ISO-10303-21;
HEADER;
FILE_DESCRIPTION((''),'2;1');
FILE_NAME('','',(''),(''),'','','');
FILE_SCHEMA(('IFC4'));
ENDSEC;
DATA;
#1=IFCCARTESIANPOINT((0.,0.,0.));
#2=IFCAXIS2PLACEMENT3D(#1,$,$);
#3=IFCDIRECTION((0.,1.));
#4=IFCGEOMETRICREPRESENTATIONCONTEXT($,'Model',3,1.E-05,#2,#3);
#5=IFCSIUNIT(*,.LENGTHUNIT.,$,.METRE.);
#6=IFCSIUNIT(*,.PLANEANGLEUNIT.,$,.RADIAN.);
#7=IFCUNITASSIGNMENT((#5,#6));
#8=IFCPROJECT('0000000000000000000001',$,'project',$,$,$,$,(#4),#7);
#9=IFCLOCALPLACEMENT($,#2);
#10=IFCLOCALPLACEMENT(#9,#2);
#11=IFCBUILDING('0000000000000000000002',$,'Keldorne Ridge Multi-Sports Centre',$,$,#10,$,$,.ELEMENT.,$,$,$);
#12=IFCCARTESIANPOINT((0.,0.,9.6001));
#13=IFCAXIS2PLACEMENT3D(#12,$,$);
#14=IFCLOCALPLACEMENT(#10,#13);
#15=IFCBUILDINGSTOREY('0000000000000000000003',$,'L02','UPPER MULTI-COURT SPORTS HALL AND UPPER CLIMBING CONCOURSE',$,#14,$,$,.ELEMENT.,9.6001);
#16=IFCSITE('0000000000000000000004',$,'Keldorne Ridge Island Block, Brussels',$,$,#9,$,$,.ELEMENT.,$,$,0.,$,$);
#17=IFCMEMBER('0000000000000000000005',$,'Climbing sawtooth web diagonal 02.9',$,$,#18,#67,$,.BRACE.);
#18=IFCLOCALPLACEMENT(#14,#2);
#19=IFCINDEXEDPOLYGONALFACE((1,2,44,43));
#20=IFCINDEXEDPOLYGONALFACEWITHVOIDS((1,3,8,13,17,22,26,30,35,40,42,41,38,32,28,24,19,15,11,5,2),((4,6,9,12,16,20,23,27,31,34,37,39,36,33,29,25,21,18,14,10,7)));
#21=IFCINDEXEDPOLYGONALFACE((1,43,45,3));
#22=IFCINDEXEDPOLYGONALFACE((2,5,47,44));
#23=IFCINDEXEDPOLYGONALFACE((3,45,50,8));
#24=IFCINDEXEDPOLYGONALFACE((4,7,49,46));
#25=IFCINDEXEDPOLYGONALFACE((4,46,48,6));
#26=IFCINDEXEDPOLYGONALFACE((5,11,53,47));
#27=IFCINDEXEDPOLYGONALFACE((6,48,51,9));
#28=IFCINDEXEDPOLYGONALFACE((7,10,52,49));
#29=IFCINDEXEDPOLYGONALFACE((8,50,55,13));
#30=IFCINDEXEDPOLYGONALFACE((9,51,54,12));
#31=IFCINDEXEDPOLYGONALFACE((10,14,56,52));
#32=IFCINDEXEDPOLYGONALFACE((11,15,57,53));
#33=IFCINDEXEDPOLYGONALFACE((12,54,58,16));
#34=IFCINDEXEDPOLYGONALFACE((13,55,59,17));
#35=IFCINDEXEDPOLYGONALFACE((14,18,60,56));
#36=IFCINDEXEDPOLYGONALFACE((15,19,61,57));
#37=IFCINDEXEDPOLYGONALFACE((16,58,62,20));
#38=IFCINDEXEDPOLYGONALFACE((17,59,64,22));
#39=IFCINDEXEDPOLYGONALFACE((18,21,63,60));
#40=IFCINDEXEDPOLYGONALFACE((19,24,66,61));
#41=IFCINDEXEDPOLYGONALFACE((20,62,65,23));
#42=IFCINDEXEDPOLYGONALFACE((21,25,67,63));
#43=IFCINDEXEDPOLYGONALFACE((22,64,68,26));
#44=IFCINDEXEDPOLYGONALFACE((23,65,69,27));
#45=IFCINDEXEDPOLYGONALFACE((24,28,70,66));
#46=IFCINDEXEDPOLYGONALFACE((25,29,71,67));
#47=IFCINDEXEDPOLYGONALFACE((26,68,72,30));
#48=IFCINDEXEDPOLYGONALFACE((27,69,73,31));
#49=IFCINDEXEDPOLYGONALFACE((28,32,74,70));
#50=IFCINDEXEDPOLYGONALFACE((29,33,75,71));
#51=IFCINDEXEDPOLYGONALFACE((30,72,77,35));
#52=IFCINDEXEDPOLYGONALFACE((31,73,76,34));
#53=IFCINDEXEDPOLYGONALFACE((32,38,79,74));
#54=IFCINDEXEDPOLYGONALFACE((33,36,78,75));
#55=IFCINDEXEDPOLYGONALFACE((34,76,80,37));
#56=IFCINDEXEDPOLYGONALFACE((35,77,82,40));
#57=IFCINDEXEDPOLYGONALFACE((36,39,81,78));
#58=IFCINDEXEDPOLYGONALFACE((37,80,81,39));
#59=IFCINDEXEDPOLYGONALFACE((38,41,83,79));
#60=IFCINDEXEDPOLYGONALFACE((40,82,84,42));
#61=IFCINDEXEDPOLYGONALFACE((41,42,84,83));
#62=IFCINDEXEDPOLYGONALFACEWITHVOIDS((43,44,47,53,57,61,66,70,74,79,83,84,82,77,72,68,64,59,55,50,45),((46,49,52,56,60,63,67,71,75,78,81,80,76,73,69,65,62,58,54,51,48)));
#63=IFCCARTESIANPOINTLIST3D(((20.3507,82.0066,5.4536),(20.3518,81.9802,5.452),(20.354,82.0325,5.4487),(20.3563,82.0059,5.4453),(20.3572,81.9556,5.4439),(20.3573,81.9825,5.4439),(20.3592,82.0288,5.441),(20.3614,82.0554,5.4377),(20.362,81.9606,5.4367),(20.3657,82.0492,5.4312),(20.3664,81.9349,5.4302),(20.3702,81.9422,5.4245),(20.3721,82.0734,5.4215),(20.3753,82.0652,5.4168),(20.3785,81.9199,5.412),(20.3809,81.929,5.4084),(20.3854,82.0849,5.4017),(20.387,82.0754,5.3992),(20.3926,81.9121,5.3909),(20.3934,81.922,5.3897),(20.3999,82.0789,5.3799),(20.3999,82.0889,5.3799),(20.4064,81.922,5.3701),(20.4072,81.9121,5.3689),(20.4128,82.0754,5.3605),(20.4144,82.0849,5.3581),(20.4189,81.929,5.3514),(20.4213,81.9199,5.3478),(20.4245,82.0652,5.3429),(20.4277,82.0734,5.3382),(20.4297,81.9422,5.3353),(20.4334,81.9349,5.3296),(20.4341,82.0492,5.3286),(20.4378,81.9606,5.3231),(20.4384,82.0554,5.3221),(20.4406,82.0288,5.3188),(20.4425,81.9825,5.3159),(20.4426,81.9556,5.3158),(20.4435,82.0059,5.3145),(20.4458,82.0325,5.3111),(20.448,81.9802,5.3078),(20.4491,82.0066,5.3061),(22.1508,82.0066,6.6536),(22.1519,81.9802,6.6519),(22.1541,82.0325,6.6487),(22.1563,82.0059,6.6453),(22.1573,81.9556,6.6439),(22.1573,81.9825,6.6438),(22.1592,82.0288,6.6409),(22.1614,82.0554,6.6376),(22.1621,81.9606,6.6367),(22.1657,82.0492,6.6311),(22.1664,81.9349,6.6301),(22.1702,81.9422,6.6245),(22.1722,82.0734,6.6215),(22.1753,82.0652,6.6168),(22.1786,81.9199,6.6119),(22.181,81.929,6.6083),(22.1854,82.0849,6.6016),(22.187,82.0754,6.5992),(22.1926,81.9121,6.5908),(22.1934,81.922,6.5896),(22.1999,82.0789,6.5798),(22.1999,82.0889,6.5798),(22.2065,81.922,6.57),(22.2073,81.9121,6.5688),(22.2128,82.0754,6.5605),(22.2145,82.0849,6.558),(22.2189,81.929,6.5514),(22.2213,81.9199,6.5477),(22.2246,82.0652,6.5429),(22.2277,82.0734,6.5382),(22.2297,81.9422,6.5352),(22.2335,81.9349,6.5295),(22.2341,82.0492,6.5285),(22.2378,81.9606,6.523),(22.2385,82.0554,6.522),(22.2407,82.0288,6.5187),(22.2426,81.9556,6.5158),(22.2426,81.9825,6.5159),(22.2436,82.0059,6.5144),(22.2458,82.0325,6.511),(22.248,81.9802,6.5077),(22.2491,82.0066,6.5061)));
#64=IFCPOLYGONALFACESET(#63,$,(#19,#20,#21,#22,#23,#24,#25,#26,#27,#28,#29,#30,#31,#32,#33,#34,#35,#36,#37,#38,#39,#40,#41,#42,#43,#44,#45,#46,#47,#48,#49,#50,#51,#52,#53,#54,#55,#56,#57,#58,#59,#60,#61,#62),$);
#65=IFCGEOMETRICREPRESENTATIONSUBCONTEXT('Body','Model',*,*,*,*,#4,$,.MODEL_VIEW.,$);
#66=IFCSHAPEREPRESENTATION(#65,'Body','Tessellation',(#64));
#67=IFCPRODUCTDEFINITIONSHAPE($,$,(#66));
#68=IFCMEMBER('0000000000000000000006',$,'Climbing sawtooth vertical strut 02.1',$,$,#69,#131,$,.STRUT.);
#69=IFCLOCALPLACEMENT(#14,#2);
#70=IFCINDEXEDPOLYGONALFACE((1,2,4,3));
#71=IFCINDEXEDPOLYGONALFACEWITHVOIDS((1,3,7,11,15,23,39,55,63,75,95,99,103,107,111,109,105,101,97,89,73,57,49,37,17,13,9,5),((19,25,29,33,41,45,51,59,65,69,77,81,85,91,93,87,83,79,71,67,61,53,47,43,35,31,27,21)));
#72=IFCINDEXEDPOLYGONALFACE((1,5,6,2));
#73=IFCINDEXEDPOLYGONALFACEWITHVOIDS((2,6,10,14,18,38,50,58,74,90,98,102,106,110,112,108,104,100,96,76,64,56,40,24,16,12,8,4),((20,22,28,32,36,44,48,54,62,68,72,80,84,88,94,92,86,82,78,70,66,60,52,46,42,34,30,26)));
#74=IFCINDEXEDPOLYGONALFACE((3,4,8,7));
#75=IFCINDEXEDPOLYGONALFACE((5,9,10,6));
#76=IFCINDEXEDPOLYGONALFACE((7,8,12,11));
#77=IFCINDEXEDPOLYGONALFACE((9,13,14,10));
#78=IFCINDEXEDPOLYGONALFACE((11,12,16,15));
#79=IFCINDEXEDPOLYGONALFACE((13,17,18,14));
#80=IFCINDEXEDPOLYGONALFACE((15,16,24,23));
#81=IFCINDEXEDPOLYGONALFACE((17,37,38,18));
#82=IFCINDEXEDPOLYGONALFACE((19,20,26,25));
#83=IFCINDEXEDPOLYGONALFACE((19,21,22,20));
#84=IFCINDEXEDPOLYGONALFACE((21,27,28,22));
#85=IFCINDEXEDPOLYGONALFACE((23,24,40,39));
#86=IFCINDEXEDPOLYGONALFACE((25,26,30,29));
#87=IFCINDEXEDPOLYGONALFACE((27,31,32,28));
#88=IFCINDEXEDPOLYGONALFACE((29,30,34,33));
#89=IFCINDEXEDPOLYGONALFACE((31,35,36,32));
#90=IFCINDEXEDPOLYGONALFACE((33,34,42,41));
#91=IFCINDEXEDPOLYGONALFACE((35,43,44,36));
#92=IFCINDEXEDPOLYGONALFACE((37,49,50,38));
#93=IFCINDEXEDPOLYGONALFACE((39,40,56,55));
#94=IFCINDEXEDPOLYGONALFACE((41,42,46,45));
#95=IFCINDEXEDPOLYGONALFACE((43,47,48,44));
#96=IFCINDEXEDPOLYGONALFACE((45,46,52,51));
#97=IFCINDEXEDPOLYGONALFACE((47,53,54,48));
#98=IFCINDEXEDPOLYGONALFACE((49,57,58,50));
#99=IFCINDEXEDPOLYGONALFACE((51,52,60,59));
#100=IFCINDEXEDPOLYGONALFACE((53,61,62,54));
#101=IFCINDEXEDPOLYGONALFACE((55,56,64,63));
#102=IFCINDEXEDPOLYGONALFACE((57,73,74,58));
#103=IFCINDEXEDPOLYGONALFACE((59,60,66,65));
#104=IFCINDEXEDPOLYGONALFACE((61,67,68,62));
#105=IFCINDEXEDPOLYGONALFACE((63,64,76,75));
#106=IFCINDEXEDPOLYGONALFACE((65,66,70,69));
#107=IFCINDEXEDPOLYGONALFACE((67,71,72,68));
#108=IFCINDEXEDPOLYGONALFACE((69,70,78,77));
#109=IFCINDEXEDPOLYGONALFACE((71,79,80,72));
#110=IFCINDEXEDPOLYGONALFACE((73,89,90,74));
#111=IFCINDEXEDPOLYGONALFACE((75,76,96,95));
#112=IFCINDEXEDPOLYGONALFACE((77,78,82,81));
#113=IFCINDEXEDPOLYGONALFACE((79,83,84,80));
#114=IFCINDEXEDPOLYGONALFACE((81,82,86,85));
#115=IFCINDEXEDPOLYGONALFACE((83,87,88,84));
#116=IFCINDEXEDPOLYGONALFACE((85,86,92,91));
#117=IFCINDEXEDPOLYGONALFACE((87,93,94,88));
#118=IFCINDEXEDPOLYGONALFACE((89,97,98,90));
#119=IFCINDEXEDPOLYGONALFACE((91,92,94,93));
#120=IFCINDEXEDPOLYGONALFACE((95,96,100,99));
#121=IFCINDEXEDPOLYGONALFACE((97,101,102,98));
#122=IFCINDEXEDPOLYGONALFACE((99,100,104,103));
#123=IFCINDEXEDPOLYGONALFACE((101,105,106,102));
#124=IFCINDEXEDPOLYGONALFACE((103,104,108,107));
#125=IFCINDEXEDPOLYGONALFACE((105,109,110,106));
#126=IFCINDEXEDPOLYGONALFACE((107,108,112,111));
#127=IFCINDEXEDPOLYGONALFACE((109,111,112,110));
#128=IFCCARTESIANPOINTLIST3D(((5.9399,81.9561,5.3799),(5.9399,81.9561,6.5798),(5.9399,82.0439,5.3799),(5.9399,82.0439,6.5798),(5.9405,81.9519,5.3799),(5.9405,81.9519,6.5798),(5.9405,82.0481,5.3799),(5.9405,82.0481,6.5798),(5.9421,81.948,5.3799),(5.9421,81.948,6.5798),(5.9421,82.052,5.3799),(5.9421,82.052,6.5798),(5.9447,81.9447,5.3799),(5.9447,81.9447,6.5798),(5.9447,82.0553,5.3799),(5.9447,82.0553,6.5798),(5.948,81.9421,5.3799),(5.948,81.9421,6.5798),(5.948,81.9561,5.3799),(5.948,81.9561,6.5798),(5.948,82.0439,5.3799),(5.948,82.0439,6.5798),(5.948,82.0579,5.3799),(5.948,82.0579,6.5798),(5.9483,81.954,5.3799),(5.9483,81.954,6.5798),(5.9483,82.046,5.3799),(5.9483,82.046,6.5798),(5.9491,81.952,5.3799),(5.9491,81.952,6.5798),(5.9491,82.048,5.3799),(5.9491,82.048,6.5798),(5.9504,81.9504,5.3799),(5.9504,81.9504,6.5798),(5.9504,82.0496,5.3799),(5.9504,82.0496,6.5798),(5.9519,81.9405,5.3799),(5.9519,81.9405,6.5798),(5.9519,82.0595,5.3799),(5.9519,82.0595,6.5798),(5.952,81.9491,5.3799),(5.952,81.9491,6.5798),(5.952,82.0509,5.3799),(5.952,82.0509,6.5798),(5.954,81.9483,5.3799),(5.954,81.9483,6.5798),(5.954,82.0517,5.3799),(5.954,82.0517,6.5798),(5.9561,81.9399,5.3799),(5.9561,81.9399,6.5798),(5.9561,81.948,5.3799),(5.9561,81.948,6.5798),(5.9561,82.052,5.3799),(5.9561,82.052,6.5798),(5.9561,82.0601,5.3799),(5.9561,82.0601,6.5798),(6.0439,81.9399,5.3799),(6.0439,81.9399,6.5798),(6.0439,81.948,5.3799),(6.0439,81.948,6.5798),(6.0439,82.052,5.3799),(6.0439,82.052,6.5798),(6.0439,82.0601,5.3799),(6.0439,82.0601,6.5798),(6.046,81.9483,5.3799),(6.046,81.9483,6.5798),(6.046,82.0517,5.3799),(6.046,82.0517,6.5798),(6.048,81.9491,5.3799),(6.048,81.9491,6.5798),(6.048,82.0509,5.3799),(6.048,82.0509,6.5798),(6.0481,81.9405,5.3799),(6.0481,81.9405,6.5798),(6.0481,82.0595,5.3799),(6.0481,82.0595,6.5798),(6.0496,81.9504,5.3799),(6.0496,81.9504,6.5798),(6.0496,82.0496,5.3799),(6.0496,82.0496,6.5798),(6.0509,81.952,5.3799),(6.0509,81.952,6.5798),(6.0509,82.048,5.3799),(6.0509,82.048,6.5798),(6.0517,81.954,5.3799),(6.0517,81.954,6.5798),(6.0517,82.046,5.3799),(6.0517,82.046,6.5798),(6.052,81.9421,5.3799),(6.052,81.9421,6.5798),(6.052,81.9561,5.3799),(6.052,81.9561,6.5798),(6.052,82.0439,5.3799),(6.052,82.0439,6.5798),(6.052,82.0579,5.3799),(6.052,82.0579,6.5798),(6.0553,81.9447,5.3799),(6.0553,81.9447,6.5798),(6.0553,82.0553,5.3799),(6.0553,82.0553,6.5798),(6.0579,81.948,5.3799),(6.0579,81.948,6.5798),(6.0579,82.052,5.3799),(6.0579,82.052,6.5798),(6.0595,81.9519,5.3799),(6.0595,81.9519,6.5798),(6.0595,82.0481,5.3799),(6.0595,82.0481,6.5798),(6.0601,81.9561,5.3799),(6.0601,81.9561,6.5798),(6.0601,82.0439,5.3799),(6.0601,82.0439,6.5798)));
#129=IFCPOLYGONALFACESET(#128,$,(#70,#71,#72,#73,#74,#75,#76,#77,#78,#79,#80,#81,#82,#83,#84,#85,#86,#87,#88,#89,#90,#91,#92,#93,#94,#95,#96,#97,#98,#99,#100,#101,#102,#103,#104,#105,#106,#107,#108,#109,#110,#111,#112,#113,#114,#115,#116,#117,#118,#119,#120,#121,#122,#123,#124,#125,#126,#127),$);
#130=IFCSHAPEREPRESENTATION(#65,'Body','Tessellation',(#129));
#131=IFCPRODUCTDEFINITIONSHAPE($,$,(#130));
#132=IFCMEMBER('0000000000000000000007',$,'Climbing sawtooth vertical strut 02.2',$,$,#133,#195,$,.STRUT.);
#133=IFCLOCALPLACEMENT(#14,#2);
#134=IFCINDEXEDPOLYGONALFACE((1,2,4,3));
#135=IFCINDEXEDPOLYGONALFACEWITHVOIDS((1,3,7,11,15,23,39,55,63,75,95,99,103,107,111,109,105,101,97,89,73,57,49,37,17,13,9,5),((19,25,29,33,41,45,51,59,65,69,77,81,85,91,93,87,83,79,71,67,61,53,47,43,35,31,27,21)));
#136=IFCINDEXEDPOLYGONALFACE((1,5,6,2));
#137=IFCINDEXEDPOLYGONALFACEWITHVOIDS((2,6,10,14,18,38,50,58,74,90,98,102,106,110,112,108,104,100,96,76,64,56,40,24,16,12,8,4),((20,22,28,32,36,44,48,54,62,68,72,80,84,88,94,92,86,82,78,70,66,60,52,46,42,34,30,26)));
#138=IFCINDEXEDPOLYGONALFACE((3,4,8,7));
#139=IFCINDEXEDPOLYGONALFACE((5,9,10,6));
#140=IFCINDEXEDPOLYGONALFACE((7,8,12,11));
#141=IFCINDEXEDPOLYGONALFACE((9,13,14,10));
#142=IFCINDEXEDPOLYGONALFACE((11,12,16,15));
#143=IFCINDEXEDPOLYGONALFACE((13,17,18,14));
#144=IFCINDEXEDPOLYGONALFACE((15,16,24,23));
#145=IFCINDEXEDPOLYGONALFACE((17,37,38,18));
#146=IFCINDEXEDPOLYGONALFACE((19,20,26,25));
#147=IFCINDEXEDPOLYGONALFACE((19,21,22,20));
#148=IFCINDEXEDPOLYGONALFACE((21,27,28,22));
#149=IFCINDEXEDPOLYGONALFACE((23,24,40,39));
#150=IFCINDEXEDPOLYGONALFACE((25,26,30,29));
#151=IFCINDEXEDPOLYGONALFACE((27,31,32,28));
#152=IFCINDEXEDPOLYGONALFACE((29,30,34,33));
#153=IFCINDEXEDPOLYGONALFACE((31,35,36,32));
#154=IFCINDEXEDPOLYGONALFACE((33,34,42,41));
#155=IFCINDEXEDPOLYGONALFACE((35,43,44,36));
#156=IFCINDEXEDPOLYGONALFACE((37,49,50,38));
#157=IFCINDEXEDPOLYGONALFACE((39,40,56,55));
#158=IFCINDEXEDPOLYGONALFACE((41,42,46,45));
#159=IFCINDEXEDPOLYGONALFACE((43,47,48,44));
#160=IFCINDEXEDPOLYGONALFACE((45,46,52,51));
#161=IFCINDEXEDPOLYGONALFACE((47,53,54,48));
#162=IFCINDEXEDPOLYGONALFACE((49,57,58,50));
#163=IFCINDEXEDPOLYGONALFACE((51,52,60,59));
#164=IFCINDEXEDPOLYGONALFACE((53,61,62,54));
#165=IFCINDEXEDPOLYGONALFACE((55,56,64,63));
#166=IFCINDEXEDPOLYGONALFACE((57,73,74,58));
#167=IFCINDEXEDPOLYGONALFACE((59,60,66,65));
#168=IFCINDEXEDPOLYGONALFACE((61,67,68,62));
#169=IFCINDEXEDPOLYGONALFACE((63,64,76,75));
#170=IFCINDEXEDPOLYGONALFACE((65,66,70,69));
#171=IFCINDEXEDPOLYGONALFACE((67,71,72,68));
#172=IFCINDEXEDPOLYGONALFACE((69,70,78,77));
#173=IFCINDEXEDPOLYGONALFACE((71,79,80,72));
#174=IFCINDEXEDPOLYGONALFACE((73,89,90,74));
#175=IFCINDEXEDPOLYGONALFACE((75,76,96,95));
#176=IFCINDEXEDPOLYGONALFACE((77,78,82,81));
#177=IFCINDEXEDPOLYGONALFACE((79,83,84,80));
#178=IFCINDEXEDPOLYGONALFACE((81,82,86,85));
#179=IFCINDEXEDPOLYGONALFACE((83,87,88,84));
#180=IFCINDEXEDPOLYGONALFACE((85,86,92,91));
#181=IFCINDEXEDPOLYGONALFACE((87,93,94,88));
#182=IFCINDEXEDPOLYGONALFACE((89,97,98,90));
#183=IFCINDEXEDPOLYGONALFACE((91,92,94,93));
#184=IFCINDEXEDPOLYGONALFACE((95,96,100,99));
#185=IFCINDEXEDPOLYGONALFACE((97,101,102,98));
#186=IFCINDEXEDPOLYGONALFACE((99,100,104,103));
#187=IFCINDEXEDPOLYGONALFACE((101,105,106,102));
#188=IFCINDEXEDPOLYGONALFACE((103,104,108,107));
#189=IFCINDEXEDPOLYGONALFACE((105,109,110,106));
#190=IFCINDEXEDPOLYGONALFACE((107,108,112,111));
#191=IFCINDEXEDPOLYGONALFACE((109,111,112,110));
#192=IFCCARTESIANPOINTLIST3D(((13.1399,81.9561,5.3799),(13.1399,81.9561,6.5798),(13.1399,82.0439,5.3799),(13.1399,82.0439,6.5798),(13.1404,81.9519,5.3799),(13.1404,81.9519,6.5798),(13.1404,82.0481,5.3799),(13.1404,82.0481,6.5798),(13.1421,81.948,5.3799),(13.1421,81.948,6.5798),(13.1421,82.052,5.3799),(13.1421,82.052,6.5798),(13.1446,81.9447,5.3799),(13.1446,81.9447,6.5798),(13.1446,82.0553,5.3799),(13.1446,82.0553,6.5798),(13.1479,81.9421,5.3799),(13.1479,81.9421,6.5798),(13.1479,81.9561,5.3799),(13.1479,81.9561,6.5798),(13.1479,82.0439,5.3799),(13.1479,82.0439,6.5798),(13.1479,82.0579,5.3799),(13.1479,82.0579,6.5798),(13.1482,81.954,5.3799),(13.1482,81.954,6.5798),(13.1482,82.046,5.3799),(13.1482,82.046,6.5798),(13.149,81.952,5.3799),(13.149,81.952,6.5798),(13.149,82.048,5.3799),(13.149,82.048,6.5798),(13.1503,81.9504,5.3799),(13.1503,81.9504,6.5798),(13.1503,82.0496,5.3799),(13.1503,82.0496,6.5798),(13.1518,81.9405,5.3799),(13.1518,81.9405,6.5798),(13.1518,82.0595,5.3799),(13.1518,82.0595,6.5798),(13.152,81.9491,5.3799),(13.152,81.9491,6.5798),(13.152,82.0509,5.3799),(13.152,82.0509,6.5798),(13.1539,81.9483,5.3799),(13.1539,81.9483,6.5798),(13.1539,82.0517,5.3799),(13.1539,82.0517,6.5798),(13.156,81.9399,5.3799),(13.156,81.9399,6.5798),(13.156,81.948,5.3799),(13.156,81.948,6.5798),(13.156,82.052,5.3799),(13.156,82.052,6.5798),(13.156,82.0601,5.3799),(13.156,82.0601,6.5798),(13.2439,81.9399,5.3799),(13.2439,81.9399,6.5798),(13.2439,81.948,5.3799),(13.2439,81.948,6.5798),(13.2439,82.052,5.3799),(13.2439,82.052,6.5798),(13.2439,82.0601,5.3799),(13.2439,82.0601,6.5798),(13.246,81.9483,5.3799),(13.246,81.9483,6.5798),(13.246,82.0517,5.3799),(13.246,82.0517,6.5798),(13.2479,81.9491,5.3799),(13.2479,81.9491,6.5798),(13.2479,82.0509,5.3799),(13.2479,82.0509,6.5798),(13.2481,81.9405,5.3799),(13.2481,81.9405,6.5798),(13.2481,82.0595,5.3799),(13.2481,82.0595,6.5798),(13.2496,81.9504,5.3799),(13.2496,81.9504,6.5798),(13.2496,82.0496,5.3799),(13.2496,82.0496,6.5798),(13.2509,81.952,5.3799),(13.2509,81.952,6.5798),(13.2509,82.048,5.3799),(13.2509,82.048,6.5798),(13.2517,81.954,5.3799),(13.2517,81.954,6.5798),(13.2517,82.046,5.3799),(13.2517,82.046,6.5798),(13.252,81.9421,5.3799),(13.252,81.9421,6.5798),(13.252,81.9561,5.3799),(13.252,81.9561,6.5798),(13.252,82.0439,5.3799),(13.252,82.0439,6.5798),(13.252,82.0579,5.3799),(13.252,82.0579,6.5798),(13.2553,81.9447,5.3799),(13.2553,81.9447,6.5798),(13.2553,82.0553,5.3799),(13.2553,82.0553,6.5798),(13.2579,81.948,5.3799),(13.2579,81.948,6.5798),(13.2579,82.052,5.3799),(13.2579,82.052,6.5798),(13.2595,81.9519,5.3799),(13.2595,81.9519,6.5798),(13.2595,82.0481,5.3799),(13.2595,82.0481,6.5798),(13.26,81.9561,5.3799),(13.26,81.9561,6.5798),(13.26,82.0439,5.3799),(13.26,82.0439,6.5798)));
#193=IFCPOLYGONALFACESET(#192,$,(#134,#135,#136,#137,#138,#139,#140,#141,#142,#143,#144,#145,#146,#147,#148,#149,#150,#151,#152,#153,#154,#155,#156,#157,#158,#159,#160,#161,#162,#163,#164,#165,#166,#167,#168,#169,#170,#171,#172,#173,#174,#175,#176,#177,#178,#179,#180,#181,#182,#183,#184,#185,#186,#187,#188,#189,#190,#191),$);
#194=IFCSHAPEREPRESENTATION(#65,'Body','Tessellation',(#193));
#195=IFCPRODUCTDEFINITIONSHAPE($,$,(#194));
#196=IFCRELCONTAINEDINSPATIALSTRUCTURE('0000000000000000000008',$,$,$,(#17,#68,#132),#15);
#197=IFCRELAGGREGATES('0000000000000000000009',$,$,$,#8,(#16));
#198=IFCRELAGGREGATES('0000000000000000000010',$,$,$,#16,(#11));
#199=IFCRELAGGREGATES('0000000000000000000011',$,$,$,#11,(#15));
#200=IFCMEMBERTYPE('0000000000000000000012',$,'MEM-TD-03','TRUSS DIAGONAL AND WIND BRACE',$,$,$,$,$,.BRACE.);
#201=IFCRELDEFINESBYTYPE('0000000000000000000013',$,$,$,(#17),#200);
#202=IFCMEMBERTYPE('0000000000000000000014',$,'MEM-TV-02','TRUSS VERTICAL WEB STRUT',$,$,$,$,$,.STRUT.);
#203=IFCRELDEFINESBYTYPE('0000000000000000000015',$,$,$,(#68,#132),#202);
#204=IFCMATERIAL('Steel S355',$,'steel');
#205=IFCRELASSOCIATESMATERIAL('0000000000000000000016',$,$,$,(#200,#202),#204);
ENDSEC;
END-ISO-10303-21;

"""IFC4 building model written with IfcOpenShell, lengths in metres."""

from ifc_helpers import new_model, si_unit, direction, frame, origin, origin_2d, place, context, subcontext, project, spatial, hollow_rectangle, hollow_circle, extrude, material, material_profile, profile_set, type_object, element, save


model = new_model("IFC4")

# Units and contexts
model_context = context("Model", 3, precision=1e-05, world=origin(), true_north=direction((0.0, 1.0)))
body_context = subcontext(model_context, "Body", "Model", "MODEL_VIEW")
ifc_project = project(units=[si_unit("LENGTHUNIT", "METRE"), si_unit("PLANEANGLEUNIT", "RADIAN")], contexts=[model_context])

# Site, building, storey
site_placement = place(None, origin())
site = spatial("IfcSite", under=ifc_project, at=site_placement, Name="Keldorne Ridge Island Block, Brussels", CompositionType="ELEMENT", RefElevation=0.0)
building_placement = place(site_placement, origin())
building = spatial("IfcBuilding", under=site, at=building_placement, Name="Keldorne Ridge Multi-Sports Centre", CompositionType="ELEMENT")
storey_placement = place(building_placement, frame((0.0, 0.0, 9.6001)))
storey = spatial("IfcBuildingStorey", under=building, at=storey_placement, Name="L02", Description="UPPER MULTI-COURT SPORTS HALL AND UPPER CLIMBING CONCOURSE", CompositionType="ELEMENT", Elevation=9.6001)

# Shared definitions
ifc_material_1 = material(Name="Steel S355", Category="steel")

# Members
ifc_material_profile_1 = material_profile(ifc_material_1, hollow_circle(Radius=0.0889, WallThickness=0.01, at=origin_2d()), Name="CHS 177.8x10")
ifc_profile_set_1 = profile_set([ifc_material_profile_1], Name="Steel S355")
member_type_1 = type_object("IfcMemberType", Name="MEM-TD-03", Description="TRUSS DIAGONAL AND WIND BRACE", PredefinedType="BRACE", material=ifc_profile_set_1)
member_1_placement = place(storey_placement, frame((20.3999, 82.0, 5.3799), z_axis=(0.832068, 0.0, 0.554674), x_axis=(0.0, 1.0, 0.0)))
element("IfcMember", 1, at=member_1_placement, inside=storey, type_object=member_type_1, Name="Climbing sawtooth web diagonal 02.9", PredefinedType="BRACE", context=body_context, shape_type="SweptSolid", body=[
    extrude(hollow_circle(Radius=0.0889, WallThickness=0.01, at=origin_2d()), origin(), (0.0, 0.0, 1.0), 2.1633),
])
ifc_material_profile_2 = material_profile(ifc_material_1, hollow_rectangle(XDim=0.1201, YDim=0.1201, WallThickness=0.0081, InnerFilletRadius=0.0081, OuterFilletRadius=0.0161, at=origin_2d()), Name="SHS 120x120x8")
ifc_profile_set_2 = profile_set([ifc_material_profile_2], Name="Steel S355")
member_type_2 = type_object("IfcMemberType", Name="MEM-TV-02", Description="TRUSS VERTICAL WEB STRUT", PredefinedType="STRUT", material=ifc_profile_set_2)
for number, where, z_axis, x_axis, name in (
    (2, (6.0, 82.0, 5.3799), (0.0, 0.0, 1.0), (1.0, 0.0, 0.0), "Climbing sawtooth vertical strut 02.1"),
    (3, (13.2, 82.0, 5.3799), (0.0, 0.0, 1.0), (1.0, 0.0, 0.0), "Climbing sawtooth vertical strut 02.2"),
):
    element("IfcMember", number, at=place(storey_placement, frame(where, z_axis=z_axis, x_axis=x_axis)), inside=storey, type_object=member_type_2, Name=name, PredefinedType="STRUT", context=body_context, shape_type="SweptSolid", body=[
        extrude(hollow_rectangle(XDim=0.1201, YDim=0.1201, WallThickness=0.0081, InnerFilletRadius=0.0081, OuterFilletRadius=0.0161, at=origin_2d()), origin(), (0.0, 0.0, 1.0), 1.2),
    ])

save(model, "model.ifc")
